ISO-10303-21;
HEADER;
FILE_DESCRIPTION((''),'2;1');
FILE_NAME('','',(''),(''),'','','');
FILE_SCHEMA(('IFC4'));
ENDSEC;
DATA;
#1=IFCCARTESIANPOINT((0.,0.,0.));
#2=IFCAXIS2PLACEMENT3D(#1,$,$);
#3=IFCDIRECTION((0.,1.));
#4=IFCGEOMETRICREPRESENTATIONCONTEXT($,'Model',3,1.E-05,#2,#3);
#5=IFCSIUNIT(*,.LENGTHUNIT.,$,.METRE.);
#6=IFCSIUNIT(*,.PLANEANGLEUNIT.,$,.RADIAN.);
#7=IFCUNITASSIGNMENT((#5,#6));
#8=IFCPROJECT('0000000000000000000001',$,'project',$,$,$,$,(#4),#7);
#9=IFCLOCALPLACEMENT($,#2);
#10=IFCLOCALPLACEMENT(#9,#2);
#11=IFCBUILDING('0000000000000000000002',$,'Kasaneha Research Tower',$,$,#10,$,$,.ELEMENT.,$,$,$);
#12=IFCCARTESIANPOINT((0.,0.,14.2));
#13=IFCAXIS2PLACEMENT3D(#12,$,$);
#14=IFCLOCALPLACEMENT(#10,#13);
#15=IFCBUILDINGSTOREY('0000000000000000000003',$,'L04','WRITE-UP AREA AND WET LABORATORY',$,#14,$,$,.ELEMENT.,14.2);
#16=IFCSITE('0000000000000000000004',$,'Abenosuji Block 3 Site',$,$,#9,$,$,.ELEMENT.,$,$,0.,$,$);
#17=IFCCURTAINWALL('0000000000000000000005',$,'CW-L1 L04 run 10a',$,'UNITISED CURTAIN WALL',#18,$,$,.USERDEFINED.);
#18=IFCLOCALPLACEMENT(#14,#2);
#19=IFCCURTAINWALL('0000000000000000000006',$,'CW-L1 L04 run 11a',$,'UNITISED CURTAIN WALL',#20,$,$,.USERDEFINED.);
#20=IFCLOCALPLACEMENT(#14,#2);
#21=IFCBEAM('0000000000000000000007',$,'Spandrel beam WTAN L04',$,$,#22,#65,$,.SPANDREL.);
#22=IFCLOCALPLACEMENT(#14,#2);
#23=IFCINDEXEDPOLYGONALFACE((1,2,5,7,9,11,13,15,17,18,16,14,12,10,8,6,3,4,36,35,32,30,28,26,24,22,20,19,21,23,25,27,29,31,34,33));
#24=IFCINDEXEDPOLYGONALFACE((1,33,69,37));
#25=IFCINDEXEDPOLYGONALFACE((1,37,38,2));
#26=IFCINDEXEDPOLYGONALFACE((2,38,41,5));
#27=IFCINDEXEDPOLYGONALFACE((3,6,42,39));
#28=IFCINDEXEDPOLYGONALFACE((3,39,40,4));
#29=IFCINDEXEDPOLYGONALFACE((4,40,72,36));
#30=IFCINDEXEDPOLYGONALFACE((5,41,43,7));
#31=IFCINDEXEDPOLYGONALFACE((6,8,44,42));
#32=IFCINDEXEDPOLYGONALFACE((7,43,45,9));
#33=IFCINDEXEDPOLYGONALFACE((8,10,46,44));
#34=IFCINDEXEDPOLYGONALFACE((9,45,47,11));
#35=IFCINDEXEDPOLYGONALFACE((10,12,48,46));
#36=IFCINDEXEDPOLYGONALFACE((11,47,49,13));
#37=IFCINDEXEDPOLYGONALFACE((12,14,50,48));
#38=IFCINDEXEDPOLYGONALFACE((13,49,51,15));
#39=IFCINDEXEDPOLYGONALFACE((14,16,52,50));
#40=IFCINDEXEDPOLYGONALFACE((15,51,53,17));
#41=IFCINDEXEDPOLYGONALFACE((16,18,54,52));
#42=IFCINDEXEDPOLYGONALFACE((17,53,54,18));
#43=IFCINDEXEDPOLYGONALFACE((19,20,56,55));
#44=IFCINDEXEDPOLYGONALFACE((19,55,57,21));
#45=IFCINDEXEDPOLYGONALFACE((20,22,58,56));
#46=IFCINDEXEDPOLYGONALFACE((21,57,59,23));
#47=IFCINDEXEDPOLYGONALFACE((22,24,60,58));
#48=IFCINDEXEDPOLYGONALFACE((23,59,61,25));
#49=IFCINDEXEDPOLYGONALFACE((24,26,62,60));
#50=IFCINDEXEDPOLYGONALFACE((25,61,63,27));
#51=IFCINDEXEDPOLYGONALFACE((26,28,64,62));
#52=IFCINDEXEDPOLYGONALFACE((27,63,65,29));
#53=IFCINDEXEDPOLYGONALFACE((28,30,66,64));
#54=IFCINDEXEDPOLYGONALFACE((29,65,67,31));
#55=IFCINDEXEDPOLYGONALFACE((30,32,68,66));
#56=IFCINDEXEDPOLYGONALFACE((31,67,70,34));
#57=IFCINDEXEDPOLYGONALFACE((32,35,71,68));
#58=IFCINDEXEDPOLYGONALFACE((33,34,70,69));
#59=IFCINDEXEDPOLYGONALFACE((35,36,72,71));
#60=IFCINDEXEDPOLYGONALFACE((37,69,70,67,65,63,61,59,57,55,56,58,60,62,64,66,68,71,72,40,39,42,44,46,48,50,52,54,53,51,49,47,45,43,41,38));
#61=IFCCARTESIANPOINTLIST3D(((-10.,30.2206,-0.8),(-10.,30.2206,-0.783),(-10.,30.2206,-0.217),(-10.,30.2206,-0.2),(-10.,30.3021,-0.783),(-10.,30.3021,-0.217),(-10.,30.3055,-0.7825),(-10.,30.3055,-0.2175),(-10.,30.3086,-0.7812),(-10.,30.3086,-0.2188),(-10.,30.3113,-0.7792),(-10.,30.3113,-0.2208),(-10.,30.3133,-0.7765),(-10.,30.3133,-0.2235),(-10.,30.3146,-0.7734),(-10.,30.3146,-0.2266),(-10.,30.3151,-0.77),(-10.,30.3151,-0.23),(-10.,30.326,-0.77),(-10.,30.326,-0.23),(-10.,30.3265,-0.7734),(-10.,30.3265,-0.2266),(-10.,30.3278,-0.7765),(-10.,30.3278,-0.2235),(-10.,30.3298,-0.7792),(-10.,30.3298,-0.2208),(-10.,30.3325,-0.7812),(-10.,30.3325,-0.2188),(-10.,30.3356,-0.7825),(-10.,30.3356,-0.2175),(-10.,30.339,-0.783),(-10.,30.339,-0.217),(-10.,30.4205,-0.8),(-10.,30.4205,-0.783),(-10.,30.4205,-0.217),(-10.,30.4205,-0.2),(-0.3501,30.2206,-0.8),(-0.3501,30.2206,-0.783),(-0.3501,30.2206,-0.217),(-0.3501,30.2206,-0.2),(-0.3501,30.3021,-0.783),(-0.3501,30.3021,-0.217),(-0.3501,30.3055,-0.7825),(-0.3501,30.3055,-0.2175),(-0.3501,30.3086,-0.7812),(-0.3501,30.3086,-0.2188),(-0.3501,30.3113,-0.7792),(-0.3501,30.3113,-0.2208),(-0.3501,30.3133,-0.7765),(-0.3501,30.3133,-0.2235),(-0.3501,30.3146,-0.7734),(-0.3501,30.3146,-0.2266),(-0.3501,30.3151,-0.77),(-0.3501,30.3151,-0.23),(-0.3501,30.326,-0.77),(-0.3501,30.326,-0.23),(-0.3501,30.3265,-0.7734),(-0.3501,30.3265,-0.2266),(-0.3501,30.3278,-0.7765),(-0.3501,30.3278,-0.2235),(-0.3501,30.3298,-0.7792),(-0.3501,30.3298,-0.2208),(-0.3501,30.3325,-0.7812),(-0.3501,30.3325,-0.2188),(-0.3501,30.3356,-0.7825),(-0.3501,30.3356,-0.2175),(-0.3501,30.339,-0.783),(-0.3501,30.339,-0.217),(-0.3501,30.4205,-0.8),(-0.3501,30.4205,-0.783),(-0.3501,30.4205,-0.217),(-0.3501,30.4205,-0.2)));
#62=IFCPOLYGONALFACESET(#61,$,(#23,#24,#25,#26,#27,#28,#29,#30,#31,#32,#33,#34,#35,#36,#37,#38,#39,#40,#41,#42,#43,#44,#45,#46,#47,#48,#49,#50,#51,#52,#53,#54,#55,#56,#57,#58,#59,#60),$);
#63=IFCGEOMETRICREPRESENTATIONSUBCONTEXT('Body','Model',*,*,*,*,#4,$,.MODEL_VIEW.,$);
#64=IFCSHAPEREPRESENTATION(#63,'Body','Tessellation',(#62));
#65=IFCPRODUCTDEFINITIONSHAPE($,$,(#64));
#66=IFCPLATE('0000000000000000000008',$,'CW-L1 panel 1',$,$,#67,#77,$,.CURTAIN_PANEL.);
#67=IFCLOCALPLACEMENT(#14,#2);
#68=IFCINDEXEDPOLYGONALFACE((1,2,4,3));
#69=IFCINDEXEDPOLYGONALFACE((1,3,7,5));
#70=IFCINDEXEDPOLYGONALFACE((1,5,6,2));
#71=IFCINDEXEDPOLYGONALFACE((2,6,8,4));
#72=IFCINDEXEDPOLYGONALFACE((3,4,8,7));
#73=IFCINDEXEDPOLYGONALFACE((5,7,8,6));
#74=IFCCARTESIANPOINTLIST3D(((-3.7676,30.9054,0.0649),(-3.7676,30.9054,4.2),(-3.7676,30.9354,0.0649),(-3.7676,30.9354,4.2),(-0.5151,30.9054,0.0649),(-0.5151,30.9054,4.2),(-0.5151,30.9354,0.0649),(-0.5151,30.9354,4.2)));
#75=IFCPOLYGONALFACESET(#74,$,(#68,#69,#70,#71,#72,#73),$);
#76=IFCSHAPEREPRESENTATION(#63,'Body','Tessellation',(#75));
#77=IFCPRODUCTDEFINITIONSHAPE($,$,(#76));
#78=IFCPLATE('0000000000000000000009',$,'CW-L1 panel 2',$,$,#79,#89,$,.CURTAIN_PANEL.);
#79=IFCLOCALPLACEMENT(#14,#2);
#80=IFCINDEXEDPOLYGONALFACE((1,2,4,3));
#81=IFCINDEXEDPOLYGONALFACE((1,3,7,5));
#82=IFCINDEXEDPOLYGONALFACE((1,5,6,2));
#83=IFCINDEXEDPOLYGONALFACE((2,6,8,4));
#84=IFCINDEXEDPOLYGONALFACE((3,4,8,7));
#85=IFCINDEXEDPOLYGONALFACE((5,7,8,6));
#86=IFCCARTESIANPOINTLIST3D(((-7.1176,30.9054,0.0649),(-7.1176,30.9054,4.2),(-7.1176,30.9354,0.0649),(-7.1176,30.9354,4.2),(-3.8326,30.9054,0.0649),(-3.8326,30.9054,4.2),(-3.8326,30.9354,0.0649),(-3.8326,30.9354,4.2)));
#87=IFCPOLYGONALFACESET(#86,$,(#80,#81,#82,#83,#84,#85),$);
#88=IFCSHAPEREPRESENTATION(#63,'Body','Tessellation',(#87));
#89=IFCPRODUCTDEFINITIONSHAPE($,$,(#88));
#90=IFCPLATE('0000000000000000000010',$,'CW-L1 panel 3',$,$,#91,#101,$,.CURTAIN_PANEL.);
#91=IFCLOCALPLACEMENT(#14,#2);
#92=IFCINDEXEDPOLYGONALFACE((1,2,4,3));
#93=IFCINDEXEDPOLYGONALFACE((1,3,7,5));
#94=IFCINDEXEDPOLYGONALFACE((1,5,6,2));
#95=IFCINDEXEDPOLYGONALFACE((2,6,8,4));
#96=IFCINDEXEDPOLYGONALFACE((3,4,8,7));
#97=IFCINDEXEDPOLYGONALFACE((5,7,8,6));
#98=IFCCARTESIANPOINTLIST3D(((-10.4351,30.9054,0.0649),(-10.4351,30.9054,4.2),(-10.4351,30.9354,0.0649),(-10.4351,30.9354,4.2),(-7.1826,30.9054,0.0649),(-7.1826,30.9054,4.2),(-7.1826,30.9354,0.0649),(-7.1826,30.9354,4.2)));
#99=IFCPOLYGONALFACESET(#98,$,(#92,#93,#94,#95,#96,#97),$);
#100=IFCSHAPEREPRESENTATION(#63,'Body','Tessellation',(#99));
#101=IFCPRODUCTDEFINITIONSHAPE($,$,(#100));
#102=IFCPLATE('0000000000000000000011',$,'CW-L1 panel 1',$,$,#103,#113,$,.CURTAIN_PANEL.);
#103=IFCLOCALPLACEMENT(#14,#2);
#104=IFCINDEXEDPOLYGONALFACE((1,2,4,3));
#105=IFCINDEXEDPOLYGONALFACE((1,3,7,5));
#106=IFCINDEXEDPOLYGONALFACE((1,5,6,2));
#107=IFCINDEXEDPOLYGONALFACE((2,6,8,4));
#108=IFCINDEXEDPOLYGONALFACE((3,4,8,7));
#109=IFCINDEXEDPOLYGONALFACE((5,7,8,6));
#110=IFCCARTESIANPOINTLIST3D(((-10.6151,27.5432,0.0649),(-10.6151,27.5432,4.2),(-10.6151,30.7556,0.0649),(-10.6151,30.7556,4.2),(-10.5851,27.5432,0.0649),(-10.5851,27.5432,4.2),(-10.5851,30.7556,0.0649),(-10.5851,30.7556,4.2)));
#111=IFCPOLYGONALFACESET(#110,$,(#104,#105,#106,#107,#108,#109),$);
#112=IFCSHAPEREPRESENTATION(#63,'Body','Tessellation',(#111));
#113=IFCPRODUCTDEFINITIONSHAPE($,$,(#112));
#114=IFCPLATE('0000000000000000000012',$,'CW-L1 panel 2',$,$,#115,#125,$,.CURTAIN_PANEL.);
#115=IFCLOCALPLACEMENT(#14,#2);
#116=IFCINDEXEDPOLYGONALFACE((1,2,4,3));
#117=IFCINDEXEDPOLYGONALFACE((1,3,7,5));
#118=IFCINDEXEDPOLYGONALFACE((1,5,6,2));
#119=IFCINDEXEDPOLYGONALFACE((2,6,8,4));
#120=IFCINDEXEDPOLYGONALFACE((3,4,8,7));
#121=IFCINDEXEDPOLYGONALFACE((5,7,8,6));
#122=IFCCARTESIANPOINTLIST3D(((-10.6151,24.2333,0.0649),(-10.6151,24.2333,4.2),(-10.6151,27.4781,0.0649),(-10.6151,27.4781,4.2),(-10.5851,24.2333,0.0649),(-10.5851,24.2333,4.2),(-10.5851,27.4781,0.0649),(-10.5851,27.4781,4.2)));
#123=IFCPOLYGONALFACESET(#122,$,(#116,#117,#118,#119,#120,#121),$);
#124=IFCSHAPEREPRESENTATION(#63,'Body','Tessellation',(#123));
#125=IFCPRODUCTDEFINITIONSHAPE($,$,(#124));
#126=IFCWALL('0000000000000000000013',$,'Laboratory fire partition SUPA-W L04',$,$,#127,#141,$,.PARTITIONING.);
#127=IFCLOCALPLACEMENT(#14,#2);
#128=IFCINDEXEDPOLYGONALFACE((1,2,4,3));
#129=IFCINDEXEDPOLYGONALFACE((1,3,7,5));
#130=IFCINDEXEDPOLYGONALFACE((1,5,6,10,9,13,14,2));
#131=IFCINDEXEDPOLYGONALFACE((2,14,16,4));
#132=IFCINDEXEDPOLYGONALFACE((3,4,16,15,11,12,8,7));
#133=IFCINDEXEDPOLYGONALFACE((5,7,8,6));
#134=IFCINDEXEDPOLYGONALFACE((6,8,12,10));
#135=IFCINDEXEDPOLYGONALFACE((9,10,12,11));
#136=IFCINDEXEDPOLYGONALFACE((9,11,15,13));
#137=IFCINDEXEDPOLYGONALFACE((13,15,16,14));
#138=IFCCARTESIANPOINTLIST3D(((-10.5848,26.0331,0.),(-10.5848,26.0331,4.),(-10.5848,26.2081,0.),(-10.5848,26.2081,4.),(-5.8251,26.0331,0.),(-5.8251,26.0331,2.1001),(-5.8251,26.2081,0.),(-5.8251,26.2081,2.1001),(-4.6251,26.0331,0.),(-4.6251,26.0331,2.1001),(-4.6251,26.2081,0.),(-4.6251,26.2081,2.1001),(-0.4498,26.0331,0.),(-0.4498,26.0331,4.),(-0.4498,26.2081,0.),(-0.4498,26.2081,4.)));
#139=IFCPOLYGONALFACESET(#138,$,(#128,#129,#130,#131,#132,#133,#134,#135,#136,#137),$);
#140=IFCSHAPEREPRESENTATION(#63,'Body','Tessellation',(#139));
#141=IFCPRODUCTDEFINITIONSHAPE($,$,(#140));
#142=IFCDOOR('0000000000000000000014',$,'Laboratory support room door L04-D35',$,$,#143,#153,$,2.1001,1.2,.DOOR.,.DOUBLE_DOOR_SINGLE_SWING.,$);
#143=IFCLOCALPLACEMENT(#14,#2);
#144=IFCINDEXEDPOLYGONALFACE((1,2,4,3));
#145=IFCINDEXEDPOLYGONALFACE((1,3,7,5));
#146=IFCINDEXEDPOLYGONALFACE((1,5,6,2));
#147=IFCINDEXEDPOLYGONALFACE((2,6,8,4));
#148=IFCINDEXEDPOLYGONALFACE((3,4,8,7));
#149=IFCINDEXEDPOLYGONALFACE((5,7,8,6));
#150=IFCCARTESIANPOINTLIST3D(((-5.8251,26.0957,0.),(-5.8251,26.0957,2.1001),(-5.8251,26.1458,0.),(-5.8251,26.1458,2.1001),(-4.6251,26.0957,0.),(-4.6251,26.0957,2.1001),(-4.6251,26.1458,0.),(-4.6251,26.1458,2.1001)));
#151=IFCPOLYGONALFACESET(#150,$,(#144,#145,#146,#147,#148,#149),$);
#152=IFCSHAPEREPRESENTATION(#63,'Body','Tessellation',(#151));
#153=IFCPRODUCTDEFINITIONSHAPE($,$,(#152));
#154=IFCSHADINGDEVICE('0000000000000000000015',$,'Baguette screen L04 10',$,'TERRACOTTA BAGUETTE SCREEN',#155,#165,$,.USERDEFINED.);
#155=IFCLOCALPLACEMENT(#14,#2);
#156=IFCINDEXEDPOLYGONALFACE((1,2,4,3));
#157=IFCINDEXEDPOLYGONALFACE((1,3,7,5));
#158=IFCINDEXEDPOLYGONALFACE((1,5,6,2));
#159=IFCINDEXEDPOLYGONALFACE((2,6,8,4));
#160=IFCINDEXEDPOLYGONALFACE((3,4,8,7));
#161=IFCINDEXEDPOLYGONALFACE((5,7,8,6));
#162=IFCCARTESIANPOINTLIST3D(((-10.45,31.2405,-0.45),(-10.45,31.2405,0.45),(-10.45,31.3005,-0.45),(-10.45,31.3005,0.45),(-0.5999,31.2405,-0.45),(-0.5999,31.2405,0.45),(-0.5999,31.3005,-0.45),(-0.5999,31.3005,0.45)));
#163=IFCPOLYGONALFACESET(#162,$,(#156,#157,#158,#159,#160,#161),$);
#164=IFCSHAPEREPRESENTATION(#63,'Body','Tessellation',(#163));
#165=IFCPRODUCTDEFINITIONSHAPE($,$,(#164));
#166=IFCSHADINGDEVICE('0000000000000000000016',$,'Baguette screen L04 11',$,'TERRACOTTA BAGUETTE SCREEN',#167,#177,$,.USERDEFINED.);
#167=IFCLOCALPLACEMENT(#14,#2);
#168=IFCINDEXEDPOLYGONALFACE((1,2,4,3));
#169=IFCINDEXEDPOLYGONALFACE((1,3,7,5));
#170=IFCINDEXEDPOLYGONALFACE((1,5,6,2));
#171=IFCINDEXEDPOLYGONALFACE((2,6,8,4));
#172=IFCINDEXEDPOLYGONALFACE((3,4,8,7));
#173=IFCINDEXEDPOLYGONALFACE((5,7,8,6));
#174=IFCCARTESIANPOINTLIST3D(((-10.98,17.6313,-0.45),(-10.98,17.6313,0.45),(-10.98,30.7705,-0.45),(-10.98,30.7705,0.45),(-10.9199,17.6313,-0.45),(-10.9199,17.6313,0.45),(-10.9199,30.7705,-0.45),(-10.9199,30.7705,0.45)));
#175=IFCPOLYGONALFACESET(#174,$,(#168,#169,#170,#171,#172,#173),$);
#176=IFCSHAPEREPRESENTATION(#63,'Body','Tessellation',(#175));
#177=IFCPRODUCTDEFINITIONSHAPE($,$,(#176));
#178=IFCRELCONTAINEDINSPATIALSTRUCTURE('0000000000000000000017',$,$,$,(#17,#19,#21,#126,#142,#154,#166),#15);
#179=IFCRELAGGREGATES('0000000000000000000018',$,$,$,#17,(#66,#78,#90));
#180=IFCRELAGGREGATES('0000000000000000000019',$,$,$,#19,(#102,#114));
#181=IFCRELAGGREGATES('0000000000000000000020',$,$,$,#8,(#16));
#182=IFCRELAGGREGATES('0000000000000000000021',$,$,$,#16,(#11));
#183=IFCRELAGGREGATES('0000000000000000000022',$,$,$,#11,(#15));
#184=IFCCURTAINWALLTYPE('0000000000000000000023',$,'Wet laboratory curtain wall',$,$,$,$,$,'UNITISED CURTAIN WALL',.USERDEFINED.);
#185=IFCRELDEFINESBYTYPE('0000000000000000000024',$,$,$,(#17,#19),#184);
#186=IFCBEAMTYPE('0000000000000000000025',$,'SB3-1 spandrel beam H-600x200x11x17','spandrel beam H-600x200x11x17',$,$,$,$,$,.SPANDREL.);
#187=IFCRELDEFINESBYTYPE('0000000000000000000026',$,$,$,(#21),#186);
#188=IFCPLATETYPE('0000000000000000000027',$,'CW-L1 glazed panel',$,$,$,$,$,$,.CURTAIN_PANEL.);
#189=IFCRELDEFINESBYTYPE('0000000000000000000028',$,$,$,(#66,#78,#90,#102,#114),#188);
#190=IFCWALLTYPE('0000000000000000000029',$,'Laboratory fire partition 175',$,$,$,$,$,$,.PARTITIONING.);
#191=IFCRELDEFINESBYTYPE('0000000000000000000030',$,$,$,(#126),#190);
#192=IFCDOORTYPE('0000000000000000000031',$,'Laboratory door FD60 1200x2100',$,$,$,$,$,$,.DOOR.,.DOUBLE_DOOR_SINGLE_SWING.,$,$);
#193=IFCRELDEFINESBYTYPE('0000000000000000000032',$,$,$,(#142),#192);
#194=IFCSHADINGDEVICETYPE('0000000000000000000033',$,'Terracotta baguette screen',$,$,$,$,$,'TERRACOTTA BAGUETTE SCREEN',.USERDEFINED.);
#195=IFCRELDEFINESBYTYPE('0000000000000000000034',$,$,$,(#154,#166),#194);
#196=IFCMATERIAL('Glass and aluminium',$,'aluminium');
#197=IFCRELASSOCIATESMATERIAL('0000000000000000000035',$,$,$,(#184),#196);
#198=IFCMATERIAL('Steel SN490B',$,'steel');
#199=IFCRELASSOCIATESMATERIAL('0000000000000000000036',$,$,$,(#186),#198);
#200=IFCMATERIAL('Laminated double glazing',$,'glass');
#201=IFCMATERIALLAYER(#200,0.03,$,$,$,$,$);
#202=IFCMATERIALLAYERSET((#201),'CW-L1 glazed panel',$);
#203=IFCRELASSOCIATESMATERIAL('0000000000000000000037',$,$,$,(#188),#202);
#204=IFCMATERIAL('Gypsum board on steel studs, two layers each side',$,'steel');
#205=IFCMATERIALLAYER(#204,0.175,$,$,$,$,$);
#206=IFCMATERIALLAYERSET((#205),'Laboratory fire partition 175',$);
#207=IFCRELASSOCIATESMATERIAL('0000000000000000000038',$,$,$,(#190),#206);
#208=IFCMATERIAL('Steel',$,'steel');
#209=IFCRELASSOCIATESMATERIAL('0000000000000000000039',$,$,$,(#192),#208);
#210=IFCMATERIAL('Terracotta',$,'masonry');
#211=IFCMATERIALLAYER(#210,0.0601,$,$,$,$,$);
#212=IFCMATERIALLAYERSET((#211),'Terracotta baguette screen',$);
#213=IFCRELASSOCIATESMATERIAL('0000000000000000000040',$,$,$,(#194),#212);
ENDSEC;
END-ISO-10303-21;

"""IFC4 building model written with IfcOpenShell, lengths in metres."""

from ifc_helpers import new_model, si_unit, direction, frame, frame_2d, origin, origin_2d, place, context, subcontext, project, spatial, rectangle, i_section, extrude, material, layer, layer_set, material_profile, profile_set, type_object, element, fill, aggregate, save


model = new_model("IFC4")

# Units and contexts
model_context = context("Model", 3, precision=1e-05, world=origin(), true_north=direction((0.0, 1.0)))
body_context = subcontext(model_context, "Body", "Model", "MODEL_VIEW")
ifc_project = project(units=[si_unit("LENGTHUNIT", "METRE"), si_unit("PLANEANGLEUNIT", "RADIAN")], contexts=[model_context])

# Site, building, storey
site_placement = place(None, origin())
site = spatial("IfcSite", under=ifc_project, at=site_placement, Name="Abenosuji Block 3 Site", CompositionType="ELEMENT", RefElevation=0.0)
building_placement = place(site_placement, origin())
building = spatial("IfcBuilding", under=site, at=building_placement, Name="Kasaneha Research Tower", CompositionType="ELEMENT")
storey_placement = place(building_placement, frame((0.0, 0.0, 14.2)))
storey = spatial("IfcBuildingStorey", under=building, at=storey_placement, Name="L04", Description="WRITE-UP AREA AND WET LABORATORY", CompositionType="ELEMENT", Elevation=14.2)

# Curtain walls
ifc_material_1 = material(Name="Glass and aluminium", Category="aluminium")
curtain_wall_type = type_object("IfcCurtainWallType", Name="Wet laboratory curtain wall", ElementType="UNITISED CURTAIN WALL", PredefinedType="USERDEFINED", material=ifc_material_1)
curtain_wall_1_placement = place(storey_placement, origin())
curtain_wall_1 = element("IfcCurtainWall", 1, at=curtain_wall_1_placement, inside=storey, type_object=curtain_wall_type, Name="CW-L1 L04 run 10a", ObjectType="UNITISED CURTAIN WALL", PredefinedType="USERDEFINED")
curtain_wall_2_placement = place(storey_placement, origin())
curtain_wall_2 = element("IfcCurtainWall", 2, at=curtain_wall_2_placement, inside=storey, type_object=curtain_wall_type, Name="CW-L1 L04 run 11a", ObjectType="UNITISED CURTAIN WALL", PredefinedType="USERDEFINED")

# Beam
ifc_material_2 = material(Name="Steel SN490B", Category="steel")
ifc_material_profile_1 = material_profile(ifc_material_2, i_section(OverallWidth=0.2, OverallDepth=0.6001, WebThickness=0.011, FlangeThickness=0.0171, FilletRadius=0.0129, at=origin_2d()), Name="H-600x200x11x17")
ifc_profile_set_1 = profile_set([ifc_material_profile_1], Name="Steel SN490B")
beam_type_1 = type_object("IfcBeamType", Name="SB3-1 spandrel beam H-600x200x11x17", Description="spandrel beam H-600x200x11x17", PredefinedType="SPANDREL", material=ifc_profile_set_1)
beam_1_placement = place(storey_placement, frame((-10.0, 30.3206, -0.5), z_axis=(1.0, 0.0, 0.0), x_axis=(0.0, 1.0, 0.0)))
element("IfcBeam", 3, at=beam_1_placement, inside=storey, type_object=beam_type_1, Name="Spandrel beam WTAN L04", PredefinedType="SPANDREL", context=body_context, shape_type="SweptSolid", body=[
    extrude(i_section(OverallWidth=0.2, OverallDepth=0.6001, WebThickness=0.011, FlangeThickness=0.0171, FilletRadius=0.0129, at=origin_2d()), origin(), (0.0, 0.0, 1.0), 9.6499),
])

# Plates
ifc_material_3 = material(Name="Laminated double glazing", Category="glass")
ifc_layer_1 = layer(ifc_material_3, 0.03)
ifc_layer_set_1 = layer_set([ifc_layer_1], Name="CW-L1 glazed panel")
plate_type = type_object("IfcPlateType", Name="CW-L1 glazed panel", PredefinedType="CURTAIN_PANEL", material=ifc_layer_set_1)
plate_1_placement = place(storey_placement, frame((-2.1414, 30.9204, 0.0649), z_axis=(0.0, 0.0, 1.0), x_axis=(-1.0, 0.0, 0.0)))
plate_1 = element("IfcPlate", 4, at=plate_1_placement, type_object=plate_type, Name="CW-L1 panel 1", PredefinedType="CURTAIN_PANEL", context=body_context, shape_type="SweptSolid", body=[
    extrude(rectangle(XDim=3.2524, YDim=0.03, at=origin_2d()), origin(), (0.0, 0.0, 1.0), 4.135),
])
plate_2_placement = place(storey_placement, frame((-5.4751, 30.9204, 0.0649), z_axis=(0.0, 0.0, 1.0), x_axis=(-1.0, 0.0, 0.0)))
plate_2 = element("IfcPlate", 5, at=plate_2_placement, type_object=plate_type, Name="CW-L1 panel 2", PredefinedType="CURTAIN_PANEL", context=body_context, shape_type="SweptSolid", body=[
    extrude(rectangle(XDim=3.2849, YDim=0.03, at=origin_2d()), origin(), (0.0, 0.0, 1.0), 4.135),
])
plate_3_placement = place(storey_placement, frame((-8.8088, 30.9204, 0.0649), z_axis=(0.0, 0.0, 1.0), x_axis=(-1.0, 0.0, 0.0)))
plate_3 = element("IfcPlate", 6, at=plate_3_placement, type_object=plate_type, Name="CW-L1 panel 3", PredefinedType="CURTAIN_PANEL", context=body_context, shape_type="SweptSolid", body=[
    extrude(rectangle(XDim=3.2524, YDim=0.03, at=origin_2d()), origin(), (0.0, 0.0, 1.0), 4.135),
])
aggregate(curtain_wall_1, [plate_1, plate_2, plate_3])
plate_4_placement = place(storey_placement, frame((-10.6001, 29.1494, 0.0649), z_axis=(0.0, 0.0, 1.0), x_axis=(0.0, -1.0, 0.0)))
plate_4 = element("IfcPlate", 7, at=plate_4_placement, type_object=plate_type, Name="CW-L1 panel 1", PredefinedType="CURTAIN_PANEL", context=body_context, shape_type="SweptSolid", body=[
    extrude(rectangle(XDim=3.2124, YDim=0.03, at=origin_2d()), origin(), (0.0, 0.0, 1.0), 4.135),
])
plate_5_placement = place(storey_placement, frame((-10.6001, 25.8557, 0.0649), z_axis=(0.0, 0.0, 1.0), x_axis=(0.0, -1.0, 0.0)))
plate_5 = element("IfcPlate", 8, at=plate_5_placement, type_object=plate_type, Name="CW-L1 panel 2", PredefinedType="CURTAIN_PANEL", context=body_context, shape_type="SweptSolid", body=[
    extrude(rectangle(XDim=3.2449, YDim=0.03, at=origin_2d()), origin(), (0.0, 0.0, 1.0), 4.135),
])
aggregate(curtain_wall_2, [plate_4, plate_5])

# Wall, opening, door
ifc_material_4 = material(Name="Gypsum board on steel studs, two layers each side", Category="steel")
ifc_layer_2 = layer(ifc_material_4, 0.175)
ifc_layer_set_2 = layer_set([ifc_layer_2], Name="Laboratory fire partition 175")
wall_type = type_object("IfcWallType", Name="Laboratory fire partition 175", PredefinedType="PARTITIONING", material=ifc_layer_set_2)
wall_placement = place(storey_placement, frame((-0.45, 26.1206, 0.0), z_axis=(0.0, 0.0, 1.0), x_axis=(-1.0, 0.0, 0.0)))
wall = element("IfcWall", 9, at=wall_placement, inside=storey, type_object=wall_type, Name="Laboratory fire partition SUPA-W L04", PredefinedType="PARTITIONING", context=body_context, shape_type="SweptSolid", body=[
    extrude(rectangle(XDim=10.135, YDim=0.175, at=frame_2d((5.0674, 0.0))), origin(), (0.0, 0.0, 1.0), 4.0),
])
opening_placement = place(wall_placement, frame((4.175, 0.0, 0.0)))
opening = element("IfcOpeningElement", 10, at=opening_placement, cuts=wall, PredefinedType="OPENING", context=body_context, shape_type="SweptSolid", body=[
    extrude(rectangle(XDim=1.2, YDim=2.1001, at=frame_2d((0.6001, 1.05))), frame((0.0, 0.0977, 0.0), z_axis=(0.0, -1.0, 0.0), x_axis=(1.0, 0.0, 0.0)), (0.0, 0.0, 1.0), 0.1951),
])
ifc_material_5 = material(Name="Steel", Category="steel")
door_type = type_object("IfcDoorType", Name="Laboratory door FD60 1200x2100", OperationType="DOUBLE_DOOR_SINGLE_SWING", PredefinedType="DOOR", material=ifc_material_5)
door_placement = place(opening_placement, origin())
door = element("IfcDoor", 11, at=door_placement, inside=storey, type_object=door_type, Name="Laboratory support room door L04-D35", OperationType="DOUBLE_DOOR_SINGLE_SWING", OverallHeight=2.1001, OverallWidth=1.2, PredefinedType="DOOR", context=body_context, shape_type="SweptSolid", body=[
    extrude(rectangle(XDim=1.2, YDim=2.1001, at=frame_2d((0.6001, 1.05))), frame((0.0, 0.0249, 0.0), z_axis=(0.0, -1.0, 0.0), x_axis=(1.0, 0.0, 0.0)), (0.0, 0.0, 1.0), 0.05),
])
fill(opening, door)

# Shading devices
ifc_material_6 = material(Name="Terracotta", Category="masonry")
ifc_layer_3 = layer(ifc_material_6, 0.0601)
ifc_layer_set_3 = layer_set([ifc_layer_3], Name="Terracotta baguette screen")
shading_device_type = type_object("IfcShadingDeviceType", Name="Terracotta baguette screen", ElementType="TERRACOTTA BAGUETTE SCREEN", PredefinedType="USERDEFINED", material=ifc_layer_set_3)
shading_device_1_placement = place(storey_placement, frame((-5.5249, 31.2705, -0.45), z_axis=(0.0, 0.0, 1.0), x_axis=(-1.0, 0.0, 0.0)))
element("IfcShadingDevice", 12, at=shading_device_1_placement, inside=storey, type_object=shading_device_type, Name="Baguette screen L04 10", ObjectType="TERRACOTTA BAGUETTE SCREEN", PredefinedType="USERDEFINED", context=body_context, shape_type="SweptSolid", body=[
    extrude(rectangle(XDim=9.8501, YDim=0.0601, at=origin_2d()), origin(), (0.0, 0.0, 1.0), 0.8999),
])
shading_device_2_placement = place(storey_placement, frame((-10.95, 24.2009, -0.45), z_axis=(0.0, 0.0, 1.0), x_axis=(0.0, -1.0, 0.0)))
element("IfcShadingDevice", 13, at=shading_device_2_placement, inside=storey, type_object=shading_device_type, Name="Baguette screen L04 11", ObjectType="TERRACOTTA BAGUETTE SCREEN", PredefinedType="USERDEFINED", context=body_context, shape_type="SweptSolid", body=[
    extrude(rectangle(XDim=13.1392, YDim=0.0601, at=origin_2d()), origin(), (0.0, 0.0, 1.0), 0.8999),
])

save(model, "model.ifc")
